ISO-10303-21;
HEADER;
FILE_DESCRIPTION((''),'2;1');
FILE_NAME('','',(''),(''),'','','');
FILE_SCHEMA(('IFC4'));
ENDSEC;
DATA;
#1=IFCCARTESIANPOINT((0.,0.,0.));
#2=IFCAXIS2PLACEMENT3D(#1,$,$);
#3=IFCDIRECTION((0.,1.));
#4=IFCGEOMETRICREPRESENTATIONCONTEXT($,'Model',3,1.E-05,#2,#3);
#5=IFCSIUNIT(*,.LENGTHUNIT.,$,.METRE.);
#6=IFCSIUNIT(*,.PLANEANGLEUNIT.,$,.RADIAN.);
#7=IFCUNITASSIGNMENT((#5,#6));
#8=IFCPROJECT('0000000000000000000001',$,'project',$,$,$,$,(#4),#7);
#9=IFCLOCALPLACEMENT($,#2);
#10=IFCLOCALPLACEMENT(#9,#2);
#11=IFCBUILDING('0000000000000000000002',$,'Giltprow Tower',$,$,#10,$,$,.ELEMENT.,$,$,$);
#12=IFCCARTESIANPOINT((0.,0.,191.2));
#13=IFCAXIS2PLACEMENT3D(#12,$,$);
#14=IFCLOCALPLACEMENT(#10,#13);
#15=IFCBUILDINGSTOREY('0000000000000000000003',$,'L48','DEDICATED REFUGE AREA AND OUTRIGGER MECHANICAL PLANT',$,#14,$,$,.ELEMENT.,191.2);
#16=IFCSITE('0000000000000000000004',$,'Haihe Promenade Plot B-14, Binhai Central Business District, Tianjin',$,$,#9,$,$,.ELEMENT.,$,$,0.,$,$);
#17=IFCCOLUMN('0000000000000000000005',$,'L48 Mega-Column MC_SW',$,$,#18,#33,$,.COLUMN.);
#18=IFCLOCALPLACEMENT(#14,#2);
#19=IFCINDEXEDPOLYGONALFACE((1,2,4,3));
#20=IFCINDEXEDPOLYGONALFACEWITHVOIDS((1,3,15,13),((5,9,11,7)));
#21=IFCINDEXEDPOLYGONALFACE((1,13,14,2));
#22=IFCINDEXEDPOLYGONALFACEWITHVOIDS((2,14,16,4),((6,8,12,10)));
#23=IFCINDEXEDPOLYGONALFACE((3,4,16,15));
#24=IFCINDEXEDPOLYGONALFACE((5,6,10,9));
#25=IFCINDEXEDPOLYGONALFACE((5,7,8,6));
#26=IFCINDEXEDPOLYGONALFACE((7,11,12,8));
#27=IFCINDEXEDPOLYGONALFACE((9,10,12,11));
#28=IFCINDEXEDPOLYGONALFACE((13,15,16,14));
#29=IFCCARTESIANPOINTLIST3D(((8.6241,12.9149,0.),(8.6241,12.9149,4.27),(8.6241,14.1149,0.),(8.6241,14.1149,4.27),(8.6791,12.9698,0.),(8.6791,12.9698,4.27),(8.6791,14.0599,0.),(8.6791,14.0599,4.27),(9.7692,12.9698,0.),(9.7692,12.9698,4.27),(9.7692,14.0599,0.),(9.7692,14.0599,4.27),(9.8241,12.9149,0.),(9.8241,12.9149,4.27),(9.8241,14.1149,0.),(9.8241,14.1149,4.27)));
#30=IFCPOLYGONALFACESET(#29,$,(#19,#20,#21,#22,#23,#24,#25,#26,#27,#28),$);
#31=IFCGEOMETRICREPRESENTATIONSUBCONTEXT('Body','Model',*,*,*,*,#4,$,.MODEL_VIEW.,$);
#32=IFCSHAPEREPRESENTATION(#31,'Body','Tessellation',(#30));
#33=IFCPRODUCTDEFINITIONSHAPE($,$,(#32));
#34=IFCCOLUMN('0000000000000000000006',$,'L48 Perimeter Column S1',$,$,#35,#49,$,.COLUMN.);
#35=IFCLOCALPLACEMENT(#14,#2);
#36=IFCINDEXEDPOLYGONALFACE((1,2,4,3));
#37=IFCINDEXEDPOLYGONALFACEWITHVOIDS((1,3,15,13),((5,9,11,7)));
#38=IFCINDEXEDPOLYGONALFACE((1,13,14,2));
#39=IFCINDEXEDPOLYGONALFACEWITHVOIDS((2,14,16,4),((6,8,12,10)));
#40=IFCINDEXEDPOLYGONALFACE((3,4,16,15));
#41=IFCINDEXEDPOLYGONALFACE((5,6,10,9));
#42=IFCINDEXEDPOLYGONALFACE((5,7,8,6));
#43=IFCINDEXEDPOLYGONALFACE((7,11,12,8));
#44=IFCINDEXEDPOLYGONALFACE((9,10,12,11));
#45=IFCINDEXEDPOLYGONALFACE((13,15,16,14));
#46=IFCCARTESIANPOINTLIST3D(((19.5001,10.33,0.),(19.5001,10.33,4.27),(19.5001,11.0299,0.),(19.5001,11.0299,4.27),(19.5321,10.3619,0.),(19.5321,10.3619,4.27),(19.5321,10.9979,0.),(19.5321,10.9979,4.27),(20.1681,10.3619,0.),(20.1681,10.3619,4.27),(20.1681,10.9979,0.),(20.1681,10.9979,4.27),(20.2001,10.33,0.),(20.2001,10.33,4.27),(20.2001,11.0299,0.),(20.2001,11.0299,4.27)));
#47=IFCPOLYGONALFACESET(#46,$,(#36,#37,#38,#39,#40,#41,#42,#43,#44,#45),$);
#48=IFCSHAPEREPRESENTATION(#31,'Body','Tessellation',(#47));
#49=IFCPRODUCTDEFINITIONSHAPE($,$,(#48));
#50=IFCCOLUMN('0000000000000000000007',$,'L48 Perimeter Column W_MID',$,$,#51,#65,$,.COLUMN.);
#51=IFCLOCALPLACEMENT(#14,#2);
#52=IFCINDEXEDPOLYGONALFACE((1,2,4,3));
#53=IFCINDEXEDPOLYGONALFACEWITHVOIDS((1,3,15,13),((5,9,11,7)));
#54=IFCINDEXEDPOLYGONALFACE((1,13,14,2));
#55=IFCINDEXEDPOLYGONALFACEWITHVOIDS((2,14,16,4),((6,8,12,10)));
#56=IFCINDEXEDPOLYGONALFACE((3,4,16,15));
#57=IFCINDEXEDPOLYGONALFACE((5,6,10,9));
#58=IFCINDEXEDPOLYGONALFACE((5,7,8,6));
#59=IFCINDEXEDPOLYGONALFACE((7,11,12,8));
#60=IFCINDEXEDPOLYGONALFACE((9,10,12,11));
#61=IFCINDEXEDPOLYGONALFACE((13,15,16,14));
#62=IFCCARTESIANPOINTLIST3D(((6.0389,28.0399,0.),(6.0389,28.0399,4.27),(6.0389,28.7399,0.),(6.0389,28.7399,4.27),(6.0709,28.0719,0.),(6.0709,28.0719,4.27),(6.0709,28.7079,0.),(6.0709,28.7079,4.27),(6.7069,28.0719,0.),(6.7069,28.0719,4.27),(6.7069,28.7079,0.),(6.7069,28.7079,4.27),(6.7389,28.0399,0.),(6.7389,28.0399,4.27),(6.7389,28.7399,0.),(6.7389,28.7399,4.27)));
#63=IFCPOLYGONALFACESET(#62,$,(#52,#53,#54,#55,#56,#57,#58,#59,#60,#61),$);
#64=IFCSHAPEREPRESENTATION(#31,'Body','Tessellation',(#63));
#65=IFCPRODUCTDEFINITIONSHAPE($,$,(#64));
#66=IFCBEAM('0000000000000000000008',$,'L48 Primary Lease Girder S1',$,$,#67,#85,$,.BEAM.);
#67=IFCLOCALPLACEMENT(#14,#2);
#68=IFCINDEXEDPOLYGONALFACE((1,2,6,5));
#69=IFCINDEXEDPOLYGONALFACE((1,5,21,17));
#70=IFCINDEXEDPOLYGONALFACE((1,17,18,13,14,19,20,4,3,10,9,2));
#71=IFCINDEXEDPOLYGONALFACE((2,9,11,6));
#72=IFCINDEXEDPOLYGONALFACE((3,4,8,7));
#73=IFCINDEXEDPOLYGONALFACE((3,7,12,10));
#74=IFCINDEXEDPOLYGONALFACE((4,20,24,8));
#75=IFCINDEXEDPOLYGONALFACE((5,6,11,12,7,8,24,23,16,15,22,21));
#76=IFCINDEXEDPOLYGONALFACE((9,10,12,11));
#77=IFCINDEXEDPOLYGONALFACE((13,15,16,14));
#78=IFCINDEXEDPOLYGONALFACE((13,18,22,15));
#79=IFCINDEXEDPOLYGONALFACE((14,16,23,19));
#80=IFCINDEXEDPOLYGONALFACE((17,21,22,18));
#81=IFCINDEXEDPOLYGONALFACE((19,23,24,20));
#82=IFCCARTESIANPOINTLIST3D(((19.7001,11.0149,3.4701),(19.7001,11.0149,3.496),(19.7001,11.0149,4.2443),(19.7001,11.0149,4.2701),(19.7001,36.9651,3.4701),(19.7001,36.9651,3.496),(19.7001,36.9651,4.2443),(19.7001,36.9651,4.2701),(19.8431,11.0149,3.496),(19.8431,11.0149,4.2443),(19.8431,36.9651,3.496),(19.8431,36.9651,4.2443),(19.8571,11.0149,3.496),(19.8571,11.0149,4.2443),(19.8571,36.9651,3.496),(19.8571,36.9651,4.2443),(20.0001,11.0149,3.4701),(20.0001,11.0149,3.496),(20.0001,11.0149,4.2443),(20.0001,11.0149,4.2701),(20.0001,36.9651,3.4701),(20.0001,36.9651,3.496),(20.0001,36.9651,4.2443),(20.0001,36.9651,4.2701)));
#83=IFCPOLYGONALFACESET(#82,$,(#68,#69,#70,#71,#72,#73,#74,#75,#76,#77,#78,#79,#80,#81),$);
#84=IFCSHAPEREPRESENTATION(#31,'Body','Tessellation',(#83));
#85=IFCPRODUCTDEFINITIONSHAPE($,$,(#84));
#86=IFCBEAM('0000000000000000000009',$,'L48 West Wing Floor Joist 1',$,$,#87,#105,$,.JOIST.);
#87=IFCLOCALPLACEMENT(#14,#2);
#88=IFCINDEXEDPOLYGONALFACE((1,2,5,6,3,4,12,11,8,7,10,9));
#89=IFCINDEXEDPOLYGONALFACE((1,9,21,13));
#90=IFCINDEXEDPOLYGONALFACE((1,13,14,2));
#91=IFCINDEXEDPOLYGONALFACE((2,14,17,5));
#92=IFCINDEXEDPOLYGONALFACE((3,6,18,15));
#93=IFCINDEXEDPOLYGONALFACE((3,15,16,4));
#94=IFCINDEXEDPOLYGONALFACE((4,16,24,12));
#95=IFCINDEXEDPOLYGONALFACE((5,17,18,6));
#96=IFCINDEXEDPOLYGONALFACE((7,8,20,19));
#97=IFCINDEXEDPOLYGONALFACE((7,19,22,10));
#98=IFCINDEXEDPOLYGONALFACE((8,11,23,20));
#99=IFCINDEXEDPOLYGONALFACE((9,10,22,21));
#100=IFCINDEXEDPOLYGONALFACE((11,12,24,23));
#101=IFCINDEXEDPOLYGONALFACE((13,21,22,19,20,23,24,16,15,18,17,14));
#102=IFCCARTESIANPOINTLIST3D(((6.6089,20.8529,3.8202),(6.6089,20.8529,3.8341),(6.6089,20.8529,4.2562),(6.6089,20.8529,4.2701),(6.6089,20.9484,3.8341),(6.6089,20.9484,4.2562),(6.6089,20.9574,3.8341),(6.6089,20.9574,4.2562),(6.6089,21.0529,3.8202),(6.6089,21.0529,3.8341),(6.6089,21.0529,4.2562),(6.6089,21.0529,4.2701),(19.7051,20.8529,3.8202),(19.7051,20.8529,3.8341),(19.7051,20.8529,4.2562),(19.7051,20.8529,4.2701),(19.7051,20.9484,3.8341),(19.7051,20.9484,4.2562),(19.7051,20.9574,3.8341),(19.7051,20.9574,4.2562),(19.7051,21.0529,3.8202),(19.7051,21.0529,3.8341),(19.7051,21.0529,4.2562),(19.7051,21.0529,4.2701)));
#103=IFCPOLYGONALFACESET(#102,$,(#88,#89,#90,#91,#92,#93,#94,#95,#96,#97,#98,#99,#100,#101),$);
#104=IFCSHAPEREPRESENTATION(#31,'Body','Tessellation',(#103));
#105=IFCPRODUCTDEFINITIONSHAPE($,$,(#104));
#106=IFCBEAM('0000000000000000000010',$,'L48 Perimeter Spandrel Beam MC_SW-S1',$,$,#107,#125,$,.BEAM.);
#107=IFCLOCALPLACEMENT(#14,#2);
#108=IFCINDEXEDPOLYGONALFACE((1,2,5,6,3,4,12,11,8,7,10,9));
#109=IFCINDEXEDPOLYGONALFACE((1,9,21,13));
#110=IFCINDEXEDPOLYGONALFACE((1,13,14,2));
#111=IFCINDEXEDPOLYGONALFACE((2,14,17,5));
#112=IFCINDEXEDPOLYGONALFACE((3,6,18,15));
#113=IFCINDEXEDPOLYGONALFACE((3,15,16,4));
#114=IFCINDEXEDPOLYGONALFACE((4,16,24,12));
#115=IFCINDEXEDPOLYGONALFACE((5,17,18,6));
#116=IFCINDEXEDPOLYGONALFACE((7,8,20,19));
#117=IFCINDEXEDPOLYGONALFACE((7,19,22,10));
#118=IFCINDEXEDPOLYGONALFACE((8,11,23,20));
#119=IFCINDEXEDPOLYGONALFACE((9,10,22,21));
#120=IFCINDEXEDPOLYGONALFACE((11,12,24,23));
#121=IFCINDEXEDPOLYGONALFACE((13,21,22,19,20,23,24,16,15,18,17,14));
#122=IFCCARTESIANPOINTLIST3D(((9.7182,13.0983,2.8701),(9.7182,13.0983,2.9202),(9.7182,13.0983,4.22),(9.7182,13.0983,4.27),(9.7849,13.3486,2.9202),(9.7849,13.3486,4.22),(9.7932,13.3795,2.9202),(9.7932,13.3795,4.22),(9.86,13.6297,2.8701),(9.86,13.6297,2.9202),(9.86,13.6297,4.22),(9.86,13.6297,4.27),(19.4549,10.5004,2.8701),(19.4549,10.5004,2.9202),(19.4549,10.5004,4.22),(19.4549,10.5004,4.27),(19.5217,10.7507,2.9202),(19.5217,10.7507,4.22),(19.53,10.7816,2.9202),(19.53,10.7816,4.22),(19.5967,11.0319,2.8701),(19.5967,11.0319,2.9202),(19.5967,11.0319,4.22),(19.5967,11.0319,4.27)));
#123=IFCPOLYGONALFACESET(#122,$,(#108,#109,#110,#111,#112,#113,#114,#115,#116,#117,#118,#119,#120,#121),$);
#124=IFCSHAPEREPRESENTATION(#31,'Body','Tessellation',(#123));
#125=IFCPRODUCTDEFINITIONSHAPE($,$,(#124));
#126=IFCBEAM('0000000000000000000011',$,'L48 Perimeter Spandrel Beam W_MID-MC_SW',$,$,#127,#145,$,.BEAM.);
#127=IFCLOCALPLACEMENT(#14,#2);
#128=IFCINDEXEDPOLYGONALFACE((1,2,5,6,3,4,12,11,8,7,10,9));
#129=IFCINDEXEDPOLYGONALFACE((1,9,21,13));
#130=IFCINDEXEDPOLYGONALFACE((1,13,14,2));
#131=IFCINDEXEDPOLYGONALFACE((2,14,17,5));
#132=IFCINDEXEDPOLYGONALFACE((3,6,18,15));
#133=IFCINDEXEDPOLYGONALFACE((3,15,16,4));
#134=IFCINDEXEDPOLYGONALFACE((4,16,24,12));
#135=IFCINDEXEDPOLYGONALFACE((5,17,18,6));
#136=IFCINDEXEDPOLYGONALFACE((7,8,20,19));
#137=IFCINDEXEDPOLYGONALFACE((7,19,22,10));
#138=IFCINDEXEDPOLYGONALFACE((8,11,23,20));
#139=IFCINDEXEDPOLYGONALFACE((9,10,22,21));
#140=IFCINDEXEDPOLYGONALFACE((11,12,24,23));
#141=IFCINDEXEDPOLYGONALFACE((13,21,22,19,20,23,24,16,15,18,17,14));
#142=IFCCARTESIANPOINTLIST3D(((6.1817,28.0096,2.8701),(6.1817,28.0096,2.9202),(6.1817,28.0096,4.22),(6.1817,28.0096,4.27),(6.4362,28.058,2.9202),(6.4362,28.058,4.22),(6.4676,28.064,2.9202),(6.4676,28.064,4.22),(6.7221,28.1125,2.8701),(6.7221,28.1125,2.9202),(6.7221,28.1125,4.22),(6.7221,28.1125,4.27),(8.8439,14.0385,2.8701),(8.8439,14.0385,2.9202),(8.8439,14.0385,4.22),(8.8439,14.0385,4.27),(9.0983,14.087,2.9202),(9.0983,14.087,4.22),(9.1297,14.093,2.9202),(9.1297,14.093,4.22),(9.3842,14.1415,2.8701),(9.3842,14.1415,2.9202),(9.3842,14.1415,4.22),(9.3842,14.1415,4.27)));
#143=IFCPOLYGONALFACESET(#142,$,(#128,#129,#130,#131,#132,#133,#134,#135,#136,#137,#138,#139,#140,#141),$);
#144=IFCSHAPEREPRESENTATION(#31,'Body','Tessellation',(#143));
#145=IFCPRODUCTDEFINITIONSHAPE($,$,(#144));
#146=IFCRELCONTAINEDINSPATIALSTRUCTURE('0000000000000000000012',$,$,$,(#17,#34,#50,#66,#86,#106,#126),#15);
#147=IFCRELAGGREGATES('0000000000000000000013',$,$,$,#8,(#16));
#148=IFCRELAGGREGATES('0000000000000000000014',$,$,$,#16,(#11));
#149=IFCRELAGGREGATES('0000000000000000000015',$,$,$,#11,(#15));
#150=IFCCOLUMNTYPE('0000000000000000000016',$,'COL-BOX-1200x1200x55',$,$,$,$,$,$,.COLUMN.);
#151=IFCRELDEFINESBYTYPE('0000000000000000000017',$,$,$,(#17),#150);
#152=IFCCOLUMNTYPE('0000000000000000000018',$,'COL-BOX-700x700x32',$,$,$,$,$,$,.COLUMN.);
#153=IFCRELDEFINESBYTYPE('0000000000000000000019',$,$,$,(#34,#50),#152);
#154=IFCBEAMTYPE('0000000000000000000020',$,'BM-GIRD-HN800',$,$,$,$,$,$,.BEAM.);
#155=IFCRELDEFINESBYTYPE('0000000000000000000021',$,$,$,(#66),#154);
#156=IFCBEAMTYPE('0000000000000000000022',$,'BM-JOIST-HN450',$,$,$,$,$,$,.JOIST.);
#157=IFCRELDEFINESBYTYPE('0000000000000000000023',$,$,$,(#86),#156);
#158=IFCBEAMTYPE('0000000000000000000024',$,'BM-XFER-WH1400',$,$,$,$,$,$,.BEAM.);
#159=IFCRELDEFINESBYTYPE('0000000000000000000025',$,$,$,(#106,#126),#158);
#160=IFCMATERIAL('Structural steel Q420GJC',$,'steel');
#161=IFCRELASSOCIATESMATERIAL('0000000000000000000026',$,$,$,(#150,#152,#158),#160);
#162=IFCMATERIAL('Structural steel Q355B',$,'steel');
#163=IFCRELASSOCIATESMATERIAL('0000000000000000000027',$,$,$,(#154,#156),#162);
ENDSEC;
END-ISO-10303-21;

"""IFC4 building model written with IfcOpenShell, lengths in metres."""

from ifc_helpers import new_model, si_unit, direction, frame, origin, origin_2d, place, context, subcontext, project, spatial, hollow_rectangle, i_section, extrude, source, transform, mapped, material, material_profile, profile_set, type_object, element, save


model = new_model("IFC4")

# Units and contexts
model_context = context("Model", 3, precision=1e-05, world=origin(), true_north=direction((0.0, 1.0)))
body_context = subcontext(model_context, "Body", "Model", "MODEL_VIEW")
ifc_project = project(units=[si_unit("LENGTHUNIT", "METRE"), si_unit("PLANEANGLEUNIT", "RADIAN")], contexts=[model_context])

# Site, building, storey
site_placement = place(None, origin())
site = spatial("IfcSite", under=ifc_project, at=site_placement, Name="Haihe Promenade Plot B-14, Binhai Central Business District, Tianjin", CompositionType="ELEMENT", RefElevation=0.0)
building_placement = place(site_placement, origin())
building = spatial("IfcBuilding", under=site, at=building_placement, Name="Giltprow Tower", CompositionType="ELEMENT")
storey_placement = place(building_placement, frame((0.0, 0.0, 191.2)))
storey = spatial("IfcBuildingStorey", under=building, at=storey_placement, Name="L48", Description="DEDICATED REFUGE AREA AND OUTRIGGER MECHANICAL PLANT", CompositionType="ELEMENT", Elevation=191.2)

# Columns
ifc_material_1 = material(Name="Structural steel Q420GJC", Category="steel")
ifc_material_profile_1 = material_profile(ifc_material_1, hollow_rectangle(XDim=1.2, YDim=1.2, WallThickness=0.0549, at=origin_2d()), Name="BOX 1200x1200x55")
ifc_profile_set_1 = profile_set([ifc_material_profile_1], Name="Structural steel Q420GJC")
column_type_1 = type_object("IfcColumnType", Name="COL-BOX-1200x1200x55", PredefinedType="COLUMN", material=ifc_profile_set_1)
shared_shape_1 = source(origin(), body_context, "Body", "SweptSolid", [
    extrude(hollow_rectangle(XDim=1.2, YDim=1.2, WallThickness=0.0549, at=origin_2d()), origin(), (0.0, 0.0, 1.0), 4.27),
])
column_placement = place(storey_placement, frame((9.2241, 13.5149, 0.0), z_axis=(0.0, 0.0, 1.0), x_axis=(1.0, 0.0, 0.0)))
element("IfcColumn", 1, at=column_placement, inside=storey, type_object=column_type_1, Name="L48 Mega-Column MC_SW", PredefinedType="COLUMN", context=body_context, shape_type="MappedRepresentation", body=[
    mapped(shared_shape_1, transform((0.0, 0.0, 0.0), x_axis=(1.0, 0.0, 0.0), y_axis=(0.0, 1.0, 0.0), z_axis=(0.0, 0.0, 1.0), scale=1.0)),
])
ifc_material_profile_2 = material_profile(ifc_material_1, hollow_rectangle(XDim=0.7, YDim=0.7, WallThickness=0.032, at=origin_2d()), Name="BOX 700x700x32")
ifc_profile_set_2 = profile_set([ifc_material_profile_2], Name="Structural steel Q420GJC")
column_type_2 = type_object("IfcColumnType", Name="COL-BOX-700x700x32", PredefinedType="COLUMN", material=ifc_profile_set_2)
shared_shape_2 = source(origin(), body_context, "Body", "SweptSolid", [
    extrude(hollow_rectangle(XDim=0.7, YDim=0.7, WallThickness=0.032, at=origin_2d()), origin(), (0.0, 0.0, 1.0), 4.27),
])
for number, where, z_axis, x_axis, name in (
    (2, (19.8501, 10.6799, 0.0), (0.0, 0.0, 1.0), (1.0, 0.0, 0.0), "L48 Perimeter Column S1"),
    (3, (6.3889, 28.3899, 0.0), (0.0, 0.0, 1.0), (1.0, 0.0, 0.0), "L48 Perimeter Column W_MID"),
):
    element("IfcColumn", number, at=place(storey_placement, frame(where, z_axis=z_axis, x_axis=x_axis)), inside=storey, type_object=column_type_2, Name=name, PredefinedType="COLUMN", context=body_context, shape_type="MappedRepresentation", body=[
        mapped(shared_shape_2, transform((0.0, 0.0, 0.0), x_axis=(1.0, 0.0, 0.0), y_axis=(0.0, 1.0, 0.0), z_axis=(0.0, 0.0, 1.0), scale=1.0)),
    ])

# Beams
ifc_material_2 = material(Name="Structural steel Q355B", Category="steel")
ifc_material_profile_3 = material_profile(ifc_material_2, i_section(OverallWidth=0.3, OverallDepth=0.8, WebThickness=0.0139, FlangeThickness=0.0259, at=origin_2d()), Name="HN 800x300x14x26")
ifc_profile_set_3 = profile_set([ifc_material_profile_3], Name="Structural steel Q355B")
beam_type_1 = type_object("IfcBeamType", Name="BM-GIRD-HN800", PredefinedType="BEAM", material=ifc_profile_set_3)
shared_shape_3 = source(origin(), body_context, "Body", "SweptSolid", [
    extrude(i_section(OverallWidth=0.3, OverallDepth=0.8, WebThickness=0.0139, FlangeThickness=0.0259, at=origin_2d()), origin(), (0.0, 0.0, 1.0), 25.9502),
])
beam_1_placement = place(storey_placement, frame((19.8501, 11.0149, 3.8701), z_axis=(0.0, 1.0, 0.0), x_axis=(-1.0, 0.0, 0.0)))
element("IfcBeam", 4, at=beam_1_placement, inside=storey, type_object=beam_type_1, Name="L48 Primary Lease Girder S1", PredefinedType="BEAM", context=body_context, shape_type="MappedRepresentation", body=[
    mapped(shared_shape_3, transform((0.0, 0.0, 0.0), x_axis=(1.0, 0.0, 0.0), y_axis=(0.0, 1.0, 0.0), z_axis=(0.0, 0.0, 1.0), scale=1.0)),
])
ifc_material_profile_4 = material_profile(ifc_material_2, i_section(OverallWidth=0.2, OverallDepth=0.45, WebThickness=0.009, FlangeThickness=0.0139, at=origin_2d()), Name="HN 450x200x9x14")
ifc_profile_set_4 = profile_set([ifc_material_profile_4], Name="Structural steel Q355B")
beam_type_2 = type_object("IfcBeamType", Name="BM-JOIST-HN450", PredefinedType="JOIST", material=ifc_profile_set_4)
shared_shape_4 = source(origin(), body_context, "Body", "SweptSolid", [
    extrude(i_section(OverallWidth=0.2, OverallDepth=0.45, WebThickness=0.009, FlangeThickness=0.0139, at=origin_2d()), origin(), (0.0, 0.0, 1.0), 13.0962),
])
beam_2_placement = place(storey_placement, frame((6.6089, 20.9529, 4.0452), z_axis=(1.0, 0.0, 0.0), x_axis=(0.0, 1.0, 0.0)))
element("IfcBeam", 5, at=beam_2_placement, inside=storey, type_object=beam_type_2, Name="L48 West Wing Floor Joist 1", PredefinedType="JOIST", context=body_context, shape_type="MappedRepresentation", body=[
    mapped(shared_shape_4, transform((0.0, 0.0, 0.0), x_axis=(1.0, 0.0, 0.0), y_axis=(0.0, 1.0, 0.0), z_axis=(0.0, 0.0, 1.0), scale=1.0)),
])
ifc_material_profile_5 = material_profile(ifc_material_1, i_section(OverallWidth=0.55, OverallDepth=1.3999, WebThickness=0.032, FlangeThickness=0.05, at=origin_2d()), Name="WH 1400x550x32x50")
ifc_profile_set_5 = profile_set([ifc_material_profile_5], Name="Structural steel Q420GJC")
beam_type_3 = type_object("IfcBeamType", Name="BM-XFER-WH1400", PredefinedType="BEAM", material=ifc_profile_set_5)
shared_shape_5 = source(origin(), body_context, "Body", "SweptSolid", [
    extrude(i_section(OverallWidth=0.55, OverallDepth=1.3999, WebThickness=0.032, FlangeThickness=0.05, at=origin_2d()), origin(), (0.0, 0.0, 1.0), 10.0774),
])
beam_3_placement = place(storey_placement, frame((9.7891, 13.364, 3.5701), z_axis=(0.9662, -0.257794, 0.0), x_axis=(0.257794, 0.9662, 0.0)))
element("IfcBeam", 6, at=beam_3_placement, inside=storey, type_object=beam_type_3, Name="L48 Perimeter Spandrel Beam MC_SW-S1", PredefinedType="BEAM", context=body_context, shape_type="MappedRepresentation", body=[
    mapped(shared_shape_5, transform((0.0, 0.0, 0.0), x_axis=(1.0, 0.0, 0.0), y_axis=(0.0, 1.0, 0.0), z_axis=(0.0, 0.0, 1.0), scale=1.0)),
])
shared_shape_6 = source(origin(), body_context, "Body", "SweptSolid", [
    extrude(i_section(OverallWidth=0.55, OverallDepth=1.3999, WebThickness=0.032, FlangeThickness=0.05, at=origin_2d()), origin(), (0.0, 0.0, 1.0), 14.2224),
])
beam_4_placement = place(storey_placement, frame((6.4519, 28.061, 3.5701), z_axis=(0.187178, -0.982326, 0.0), x_axis=(0.982326, 0.187178, 0.0)))
element("IfcBeam", 7, at=beam_4_placement, inside=storey, type_object=beam_type_3, Name="L48 Perimeter Spandrel Beam W_MID-MC_SW", PredefinedType="BEAM", context=body_context, shape_type="MappedRepresentation", body=[
    mapped(shared_shape_6, transform((0.0, 0.0, 0.0), x_axis=(1.0, 0.0, 0.0), y_axis=(0.0, 1.0, 0.0), z_axis=(0.0, 0.0, 1.0), scale=1.0)),
])

save(model, "model.ifc")
